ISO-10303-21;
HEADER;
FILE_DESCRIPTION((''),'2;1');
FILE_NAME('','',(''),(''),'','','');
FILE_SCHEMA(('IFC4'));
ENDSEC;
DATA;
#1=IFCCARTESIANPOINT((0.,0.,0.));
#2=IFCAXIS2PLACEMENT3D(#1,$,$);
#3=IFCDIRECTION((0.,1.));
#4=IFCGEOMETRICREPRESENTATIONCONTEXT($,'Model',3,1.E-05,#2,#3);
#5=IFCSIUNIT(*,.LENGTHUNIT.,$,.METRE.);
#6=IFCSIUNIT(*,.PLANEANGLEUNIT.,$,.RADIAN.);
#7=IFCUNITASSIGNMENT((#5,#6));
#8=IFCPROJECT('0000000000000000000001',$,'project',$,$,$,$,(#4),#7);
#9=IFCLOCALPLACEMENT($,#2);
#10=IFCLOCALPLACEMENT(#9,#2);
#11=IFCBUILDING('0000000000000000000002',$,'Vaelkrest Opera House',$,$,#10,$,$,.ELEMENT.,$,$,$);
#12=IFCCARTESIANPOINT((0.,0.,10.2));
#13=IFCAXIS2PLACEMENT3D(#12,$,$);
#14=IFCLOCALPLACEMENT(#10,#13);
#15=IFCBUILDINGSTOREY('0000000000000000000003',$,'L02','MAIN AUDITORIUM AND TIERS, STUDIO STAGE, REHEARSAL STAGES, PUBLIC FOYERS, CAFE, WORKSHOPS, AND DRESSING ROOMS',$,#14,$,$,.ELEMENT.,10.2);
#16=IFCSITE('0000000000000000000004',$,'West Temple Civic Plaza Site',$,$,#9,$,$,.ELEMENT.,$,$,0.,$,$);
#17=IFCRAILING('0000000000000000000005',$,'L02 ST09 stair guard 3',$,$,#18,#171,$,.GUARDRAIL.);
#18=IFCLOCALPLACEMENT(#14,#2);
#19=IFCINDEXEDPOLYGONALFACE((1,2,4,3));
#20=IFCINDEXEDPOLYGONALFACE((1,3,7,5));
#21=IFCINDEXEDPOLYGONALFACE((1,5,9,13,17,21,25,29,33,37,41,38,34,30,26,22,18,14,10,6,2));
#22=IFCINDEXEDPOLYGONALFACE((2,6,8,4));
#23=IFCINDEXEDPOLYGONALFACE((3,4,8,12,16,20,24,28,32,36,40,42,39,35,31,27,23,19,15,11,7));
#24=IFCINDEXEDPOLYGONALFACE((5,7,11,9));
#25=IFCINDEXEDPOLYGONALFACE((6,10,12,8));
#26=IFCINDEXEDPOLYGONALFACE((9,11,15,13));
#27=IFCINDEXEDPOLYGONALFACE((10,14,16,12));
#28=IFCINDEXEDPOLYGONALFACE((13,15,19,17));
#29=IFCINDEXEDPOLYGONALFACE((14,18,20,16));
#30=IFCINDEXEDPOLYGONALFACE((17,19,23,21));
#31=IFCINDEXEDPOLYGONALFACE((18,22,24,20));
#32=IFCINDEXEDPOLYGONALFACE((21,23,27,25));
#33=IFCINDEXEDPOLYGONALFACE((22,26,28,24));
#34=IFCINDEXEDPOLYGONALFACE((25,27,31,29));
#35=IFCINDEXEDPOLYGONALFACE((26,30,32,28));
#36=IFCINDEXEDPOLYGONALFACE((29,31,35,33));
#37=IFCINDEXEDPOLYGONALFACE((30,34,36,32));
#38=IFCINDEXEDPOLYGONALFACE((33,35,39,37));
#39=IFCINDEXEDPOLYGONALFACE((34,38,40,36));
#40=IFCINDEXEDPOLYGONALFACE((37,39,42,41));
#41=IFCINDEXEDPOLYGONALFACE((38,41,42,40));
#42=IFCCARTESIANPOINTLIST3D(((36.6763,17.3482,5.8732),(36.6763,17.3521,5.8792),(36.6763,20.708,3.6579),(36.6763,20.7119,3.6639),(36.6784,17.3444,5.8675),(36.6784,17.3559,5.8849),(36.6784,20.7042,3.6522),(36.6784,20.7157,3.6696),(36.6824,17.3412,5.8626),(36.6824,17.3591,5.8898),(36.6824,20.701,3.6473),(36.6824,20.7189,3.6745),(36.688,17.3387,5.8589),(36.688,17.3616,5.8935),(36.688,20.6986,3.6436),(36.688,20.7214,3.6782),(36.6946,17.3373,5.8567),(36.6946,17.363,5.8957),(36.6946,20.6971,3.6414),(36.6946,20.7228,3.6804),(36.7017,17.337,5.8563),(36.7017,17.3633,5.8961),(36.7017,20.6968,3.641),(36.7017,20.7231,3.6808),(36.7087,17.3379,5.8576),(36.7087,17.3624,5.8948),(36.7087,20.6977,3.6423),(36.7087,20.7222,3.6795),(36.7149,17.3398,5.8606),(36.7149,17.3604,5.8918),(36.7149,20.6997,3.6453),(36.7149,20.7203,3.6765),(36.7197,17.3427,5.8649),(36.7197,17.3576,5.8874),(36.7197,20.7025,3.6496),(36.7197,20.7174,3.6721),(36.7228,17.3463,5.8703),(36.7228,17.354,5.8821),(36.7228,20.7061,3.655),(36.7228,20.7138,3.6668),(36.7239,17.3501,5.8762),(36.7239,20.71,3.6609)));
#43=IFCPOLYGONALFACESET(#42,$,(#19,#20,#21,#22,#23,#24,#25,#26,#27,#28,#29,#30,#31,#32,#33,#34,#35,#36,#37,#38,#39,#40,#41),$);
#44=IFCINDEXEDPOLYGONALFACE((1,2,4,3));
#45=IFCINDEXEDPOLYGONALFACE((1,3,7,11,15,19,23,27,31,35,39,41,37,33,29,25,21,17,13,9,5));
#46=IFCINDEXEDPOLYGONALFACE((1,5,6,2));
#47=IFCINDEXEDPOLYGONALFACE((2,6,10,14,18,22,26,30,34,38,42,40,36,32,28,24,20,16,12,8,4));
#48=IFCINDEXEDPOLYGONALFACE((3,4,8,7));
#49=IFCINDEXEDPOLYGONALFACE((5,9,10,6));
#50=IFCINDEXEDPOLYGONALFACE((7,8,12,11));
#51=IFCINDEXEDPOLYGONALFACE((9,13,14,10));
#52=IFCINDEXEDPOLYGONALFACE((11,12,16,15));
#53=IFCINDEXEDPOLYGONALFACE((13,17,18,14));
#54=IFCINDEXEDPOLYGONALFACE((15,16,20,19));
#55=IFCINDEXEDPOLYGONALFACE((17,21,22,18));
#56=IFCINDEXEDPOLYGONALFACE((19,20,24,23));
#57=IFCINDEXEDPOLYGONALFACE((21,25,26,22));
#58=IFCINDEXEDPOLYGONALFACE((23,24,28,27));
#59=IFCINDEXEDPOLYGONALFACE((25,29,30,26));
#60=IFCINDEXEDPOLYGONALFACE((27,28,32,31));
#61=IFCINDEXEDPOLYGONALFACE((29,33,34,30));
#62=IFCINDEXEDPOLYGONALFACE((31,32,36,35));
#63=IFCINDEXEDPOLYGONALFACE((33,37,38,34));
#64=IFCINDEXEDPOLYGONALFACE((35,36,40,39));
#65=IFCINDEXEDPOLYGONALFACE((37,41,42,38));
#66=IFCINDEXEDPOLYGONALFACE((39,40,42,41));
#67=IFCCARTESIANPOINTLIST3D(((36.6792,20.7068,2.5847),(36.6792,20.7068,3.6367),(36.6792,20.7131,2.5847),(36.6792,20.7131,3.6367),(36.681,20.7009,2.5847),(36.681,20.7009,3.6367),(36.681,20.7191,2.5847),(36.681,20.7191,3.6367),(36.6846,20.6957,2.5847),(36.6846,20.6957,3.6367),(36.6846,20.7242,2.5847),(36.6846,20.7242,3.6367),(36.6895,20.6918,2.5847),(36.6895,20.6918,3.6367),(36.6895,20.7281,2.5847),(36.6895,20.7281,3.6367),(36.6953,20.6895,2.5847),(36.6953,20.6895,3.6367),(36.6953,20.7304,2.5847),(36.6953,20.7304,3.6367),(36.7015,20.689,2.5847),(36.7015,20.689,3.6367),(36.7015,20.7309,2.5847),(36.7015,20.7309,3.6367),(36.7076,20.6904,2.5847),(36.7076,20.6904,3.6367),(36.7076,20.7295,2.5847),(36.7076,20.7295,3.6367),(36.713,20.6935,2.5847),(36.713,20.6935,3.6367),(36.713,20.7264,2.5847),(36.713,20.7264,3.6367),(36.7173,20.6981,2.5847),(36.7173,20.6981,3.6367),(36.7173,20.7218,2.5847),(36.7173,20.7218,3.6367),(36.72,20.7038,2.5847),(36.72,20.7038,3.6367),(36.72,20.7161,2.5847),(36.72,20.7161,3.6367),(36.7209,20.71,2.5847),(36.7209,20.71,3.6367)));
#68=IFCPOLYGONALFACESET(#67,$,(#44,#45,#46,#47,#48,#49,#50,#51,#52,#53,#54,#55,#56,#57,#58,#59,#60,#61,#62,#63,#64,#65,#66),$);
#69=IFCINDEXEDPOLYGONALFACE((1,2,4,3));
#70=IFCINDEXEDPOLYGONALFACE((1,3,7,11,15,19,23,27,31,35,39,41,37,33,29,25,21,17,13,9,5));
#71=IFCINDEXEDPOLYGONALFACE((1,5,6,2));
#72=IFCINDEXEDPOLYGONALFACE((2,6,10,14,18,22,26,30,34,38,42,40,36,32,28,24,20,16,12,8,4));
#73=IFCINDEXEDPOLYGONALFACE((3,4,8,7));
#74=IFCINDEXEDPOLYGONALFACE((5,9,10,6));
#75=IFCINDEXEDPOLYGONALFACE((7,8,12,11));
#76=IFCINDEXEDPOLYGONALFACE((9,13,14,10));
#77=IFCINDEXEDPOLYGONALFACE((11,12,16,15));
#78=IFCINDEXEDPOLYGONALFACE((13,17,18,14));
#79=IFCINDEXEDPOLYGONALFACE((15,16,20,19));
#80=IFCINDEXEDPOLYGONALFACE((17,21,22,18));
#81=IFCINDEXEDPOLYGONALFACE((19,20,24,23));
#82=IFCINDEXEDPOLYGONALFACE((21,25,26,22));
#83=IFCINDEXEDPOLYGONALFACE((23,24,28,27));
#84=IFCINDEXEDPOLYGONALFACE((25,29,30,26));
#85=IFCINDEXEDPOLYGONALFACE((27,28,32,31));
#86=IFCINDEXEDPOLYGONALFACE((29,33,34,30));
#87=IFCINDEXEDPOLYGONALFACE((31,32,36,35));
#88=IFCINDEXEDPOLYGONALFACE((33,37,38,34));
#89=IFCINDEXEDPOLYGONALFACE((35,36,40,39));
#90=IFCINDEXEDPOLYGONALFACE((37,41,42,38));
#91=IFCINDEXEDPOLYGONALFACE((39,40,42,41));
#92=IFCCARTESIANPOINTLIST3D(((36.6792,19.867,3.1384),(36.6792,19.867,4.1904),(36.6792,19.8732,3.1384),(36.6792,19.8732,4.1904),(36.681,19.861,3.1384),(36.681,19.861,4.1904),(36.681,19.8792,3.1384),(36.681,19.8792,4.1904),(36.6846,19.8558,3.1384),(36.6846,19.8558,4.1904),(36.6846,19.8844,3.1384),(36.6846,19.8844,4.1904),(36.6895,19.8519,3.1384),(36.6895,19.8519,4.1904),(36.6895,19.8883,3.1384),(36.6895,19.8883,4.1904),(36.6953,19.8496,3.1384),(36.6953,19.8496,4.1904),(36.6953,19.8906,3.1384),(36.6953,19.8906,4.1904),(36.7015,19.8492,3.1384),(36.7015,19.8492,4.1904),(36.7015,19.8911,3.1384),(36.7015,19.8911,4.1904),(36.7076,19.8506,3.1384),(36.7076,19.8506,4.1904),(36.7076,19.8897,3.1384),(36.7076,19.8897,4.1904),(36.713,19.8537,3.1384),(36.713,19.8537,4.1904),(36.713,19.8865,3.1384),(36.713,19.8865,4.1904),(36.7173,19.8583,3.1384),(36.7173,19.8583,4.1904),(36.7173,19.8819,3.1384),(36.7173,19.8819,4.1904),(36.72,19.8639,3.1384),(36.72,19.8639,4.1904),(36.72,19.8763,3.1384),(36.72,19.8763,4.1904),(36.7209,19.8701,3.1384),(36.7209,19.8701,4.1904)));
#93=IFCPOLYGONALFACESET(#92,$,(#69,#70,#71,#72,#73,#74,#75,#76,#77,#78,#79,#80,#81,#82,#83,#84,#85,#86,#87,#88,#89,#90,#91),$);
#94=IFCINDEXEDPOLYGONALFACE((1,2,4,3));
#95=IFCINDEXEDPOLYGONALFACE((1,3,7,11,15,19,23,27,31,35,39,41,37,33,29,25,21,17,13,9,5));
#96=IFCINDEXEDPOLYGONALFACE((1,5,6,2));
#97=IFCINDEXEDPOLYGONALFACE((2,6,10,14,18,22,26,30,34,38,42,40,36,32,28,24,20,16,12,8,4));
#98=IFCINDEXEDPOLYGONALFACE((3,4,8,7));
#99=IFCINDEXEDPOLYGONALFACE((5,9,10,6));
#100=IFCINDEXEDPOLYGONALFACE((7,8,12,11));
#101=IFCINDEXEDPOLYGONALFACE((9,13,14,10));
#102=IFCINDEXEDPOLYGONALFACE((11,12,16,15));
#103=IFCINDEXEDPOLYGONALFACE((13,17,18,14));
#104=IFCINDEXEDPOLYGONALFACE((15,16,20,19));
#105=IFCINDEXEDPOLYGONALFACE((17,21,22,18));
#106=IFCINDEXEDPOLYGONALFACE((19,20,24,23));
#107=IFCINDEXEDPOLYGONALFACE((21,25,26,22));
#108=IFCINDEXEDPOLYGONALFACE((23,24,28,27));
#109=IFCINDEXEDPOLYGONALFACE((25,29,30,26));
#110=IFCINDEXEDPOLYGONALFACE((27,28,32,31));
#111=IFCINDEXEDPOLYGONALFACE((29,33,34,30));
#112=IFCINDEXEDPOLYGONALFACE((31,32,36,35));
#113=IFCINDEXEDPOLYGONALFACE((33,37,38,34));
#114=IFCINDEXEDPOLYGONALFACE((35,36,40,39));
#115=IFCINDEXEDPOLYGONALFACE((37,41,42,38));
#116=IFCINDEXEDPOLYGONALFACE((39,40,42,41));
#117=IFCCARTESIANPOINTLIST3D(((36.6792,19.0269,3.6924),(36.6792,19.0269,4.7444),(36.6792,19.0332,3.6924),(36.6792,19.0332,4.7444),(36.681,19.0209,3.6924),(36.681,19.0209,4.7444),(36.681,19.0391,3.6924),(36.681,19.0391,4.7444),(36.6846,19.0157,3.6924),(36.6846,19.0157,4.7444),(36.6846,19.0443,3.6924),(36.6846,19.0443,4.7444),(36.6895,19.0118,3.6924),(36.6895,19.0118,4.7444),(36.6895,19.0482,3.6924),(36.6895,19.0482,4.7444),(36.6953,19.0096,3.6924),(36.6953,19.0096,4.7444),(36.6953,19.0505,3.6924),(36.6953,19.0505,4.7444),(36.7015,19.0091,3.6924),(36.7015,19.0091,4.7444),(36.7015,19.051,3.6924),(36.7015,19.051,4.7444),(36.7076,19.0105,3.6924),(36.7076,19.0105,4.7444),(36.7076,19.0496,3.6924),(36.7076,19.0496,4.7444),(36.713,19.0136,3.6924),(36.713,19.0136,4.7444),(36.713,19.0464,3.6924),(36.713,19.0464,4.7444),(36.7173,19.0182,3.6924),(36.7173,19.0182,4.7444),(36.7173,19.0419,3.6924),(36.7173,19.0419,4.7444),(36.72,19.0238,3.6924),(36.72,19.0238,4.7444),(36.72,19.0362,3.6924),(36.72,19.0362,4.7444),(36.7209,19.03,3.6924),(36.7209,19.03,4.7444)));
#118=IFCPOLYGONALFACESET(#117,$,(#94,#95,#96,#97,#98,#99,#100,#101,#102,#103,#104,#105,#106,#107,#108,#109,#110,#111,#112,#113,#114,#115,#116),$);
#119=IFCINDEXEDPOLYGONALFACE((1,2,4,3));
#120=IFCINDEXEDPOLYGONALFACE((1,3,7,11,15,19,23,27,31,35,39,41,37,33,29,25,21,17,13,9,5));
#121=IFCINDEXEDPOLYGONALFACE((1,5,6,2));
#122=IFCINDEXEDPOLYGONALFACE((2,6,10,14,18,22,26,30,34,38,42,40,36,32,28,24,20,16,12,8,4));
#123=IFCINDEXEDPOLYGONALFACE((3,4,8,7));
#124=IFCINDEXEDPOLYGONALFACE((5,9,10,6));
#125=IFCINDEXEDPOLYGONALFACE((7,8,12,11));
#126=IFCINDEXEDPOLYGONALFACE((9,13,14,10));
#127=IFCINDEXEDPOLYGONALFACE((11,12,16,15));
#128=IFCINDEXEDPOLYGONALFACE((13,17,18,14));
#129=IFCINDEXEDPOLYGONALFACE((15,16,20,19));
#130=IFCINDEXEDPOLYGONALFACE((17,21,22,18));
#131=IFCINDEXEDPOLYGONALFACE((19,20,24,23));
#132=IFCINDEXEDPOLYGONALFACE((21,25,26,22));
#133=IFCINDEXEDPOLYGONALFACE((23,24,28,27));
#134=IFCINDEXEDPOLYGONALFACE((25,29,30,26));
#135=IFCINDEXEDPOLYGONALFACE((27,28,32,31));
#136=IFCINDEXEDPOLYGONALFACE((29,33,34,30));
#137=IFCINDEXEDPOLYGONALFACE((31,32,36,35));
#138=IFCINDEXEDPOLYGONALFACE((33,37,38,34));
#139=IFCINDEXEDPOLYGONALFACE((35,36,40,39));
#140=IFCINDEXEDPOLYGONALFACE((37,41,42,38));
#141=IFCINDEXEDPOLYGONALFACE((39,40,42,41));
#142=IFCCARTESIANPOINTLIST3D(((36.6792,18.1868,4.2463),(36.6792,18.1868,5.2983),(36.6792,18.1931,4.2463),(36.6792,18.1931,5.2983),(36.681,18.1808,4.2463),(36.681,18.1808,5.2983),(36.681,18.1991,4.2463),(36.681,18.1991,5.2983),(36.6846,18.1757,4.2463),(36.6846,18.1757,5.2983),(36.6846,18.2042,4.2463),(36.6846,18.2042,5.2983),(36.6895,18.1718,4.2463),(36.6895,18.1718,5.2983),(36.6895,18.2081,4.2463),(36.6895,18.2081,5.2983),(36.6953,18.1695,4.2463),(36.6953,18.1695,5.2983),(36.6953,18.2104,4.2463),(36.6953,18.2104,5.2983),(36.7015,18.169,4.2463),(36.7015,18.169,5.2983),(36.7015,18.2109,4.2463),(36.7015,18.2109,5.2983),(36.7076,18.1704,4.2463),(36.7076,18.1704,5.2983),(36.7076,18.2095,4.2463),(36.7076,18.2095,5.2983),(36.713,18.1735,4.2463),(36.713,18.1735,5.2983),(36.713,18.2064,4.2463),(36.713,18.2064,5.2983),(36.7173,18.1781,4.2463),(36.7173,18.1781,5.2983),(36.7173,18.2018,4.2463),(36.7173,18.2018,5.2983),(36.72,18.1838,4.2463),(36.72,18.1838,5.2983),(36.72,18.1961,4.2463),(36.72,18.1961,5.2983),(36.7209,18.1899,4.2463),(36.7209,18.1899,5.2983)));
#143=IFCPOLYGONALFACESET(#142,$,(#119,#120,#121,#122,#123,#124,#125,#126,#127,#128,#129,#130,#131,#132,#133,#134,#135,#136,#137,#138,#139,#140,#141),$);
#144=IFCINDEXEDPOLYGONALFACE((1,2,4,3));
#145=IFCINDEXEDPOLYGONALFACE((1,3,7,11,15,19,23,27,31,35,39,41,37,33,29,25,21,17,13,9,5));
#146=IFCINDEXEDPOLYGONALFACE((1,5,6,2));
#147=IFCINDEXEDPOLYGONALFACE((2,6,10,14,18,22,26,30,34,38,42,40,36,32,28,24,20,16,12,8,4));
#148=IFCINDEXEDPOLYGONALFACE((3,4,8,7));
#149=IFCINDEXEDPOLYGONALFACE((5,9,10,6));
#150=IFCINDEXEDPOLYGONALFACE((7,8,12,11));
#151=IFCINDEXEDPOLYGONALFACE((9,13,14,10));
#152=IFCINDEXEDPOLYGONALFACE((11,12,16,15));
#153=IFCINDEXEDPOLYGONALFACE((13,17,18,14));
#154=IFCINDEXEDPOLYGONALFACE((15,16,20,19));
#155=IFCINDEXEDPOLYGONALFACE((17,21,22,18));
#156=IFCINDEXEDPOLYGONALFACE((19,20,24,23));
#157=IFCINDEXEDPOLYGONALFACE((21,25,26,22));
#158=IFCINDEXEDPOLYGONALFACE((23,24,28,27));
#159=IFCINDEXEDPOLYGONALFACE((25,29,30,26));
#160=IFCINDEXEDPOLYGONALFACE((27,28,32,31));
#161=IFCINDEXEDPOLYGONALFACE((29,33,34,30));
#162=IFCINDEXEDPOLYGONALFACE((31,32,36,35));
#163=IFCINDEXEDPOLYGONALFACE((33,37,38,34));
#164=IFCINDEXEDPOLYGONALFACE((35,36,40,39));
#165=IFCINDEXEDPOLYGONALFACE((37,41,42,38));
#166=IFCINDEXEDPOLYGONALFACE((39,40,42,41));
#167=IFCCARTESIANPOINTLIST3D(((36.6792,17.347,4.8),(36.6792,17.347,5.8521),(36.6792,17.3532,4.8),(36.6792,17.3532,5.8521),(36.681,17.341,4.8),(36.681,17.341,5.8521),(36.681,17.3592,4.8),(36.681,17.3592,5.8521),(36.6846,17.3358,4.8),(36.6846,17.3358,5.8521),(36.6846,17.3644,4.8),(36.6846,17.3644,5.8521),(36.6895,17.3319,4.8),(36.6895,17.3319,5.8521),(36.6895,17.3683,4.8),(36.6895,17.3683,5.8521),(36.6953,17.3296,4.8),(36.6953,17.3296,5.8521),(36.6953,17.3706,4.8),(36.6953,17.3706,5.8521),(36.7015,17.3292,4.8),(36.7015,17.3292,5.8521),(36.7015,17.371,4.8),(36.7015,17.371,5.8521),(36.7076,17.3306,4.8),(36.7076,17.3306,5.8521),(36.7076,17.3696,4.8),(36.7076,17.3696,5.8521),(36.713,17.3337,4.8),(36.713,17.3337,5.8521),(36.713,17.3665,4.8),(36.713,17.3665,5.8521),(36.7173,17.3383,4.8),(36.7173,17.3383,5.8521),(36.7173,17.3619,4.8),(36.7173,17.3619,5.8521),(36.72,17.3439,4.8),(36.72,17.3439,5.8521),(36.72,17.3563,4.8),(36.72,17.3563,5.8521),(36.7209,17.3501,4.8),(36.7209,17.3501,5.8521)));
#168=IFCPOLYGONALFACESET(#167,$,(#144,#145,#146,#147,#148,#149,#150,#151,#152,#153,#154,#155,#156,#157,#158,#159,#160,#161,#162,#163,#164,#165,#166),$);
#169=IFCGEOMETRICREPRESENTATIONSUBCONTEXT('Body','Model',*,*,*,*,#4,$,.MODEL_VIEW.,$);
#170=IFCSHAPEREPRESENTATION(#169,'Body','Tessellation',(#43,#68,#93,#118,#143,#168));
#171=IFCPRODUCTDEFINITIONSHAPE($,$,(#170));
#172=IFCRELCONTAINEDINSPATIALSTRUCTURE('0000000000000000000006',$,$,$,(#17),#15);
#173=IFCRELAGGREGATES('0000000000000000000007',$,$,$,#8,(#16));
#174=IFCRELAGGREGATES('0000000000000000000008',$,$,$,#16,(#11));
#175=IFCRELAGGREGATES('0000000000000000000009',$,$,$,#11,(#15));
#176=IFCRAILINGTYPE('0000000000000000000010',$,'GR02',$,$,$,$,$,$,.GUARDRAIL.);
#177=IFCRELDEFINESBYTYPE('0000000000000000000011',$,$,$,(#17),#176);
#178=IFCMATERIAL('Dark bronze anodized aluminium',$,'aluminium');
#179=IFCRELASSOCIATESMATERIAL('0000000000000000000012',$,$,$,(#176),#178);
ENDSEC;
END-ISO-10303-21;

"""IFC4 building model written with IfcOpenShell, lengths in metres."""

from ifc_helpers import new_model, si_unit, direction, frame, origin, origin_2d, place, context, subcontext, project, spatial, circle, extrude, material, type_object, element, save


model = new_model("IFC4")

# Units and contexts
model_context = context("Model", 3, precision=1e-05, world=origin(), true_north=direction((0.0, 1.0)))
body_context = subcontext(model_context, "Body", "Model", "MODEL_VIEW")
ifc_project = project(units=[si_unit("LENGTHUNIT", "METRE"), si_unit("PLANEANGLEUNIT", "RADIAN")], contexts=[model_context])

# Site, building, storey
site_placement = place(None, origin())
site = spatial("IfcSite", under=ifc_project, at=site_placement, Name="West Temple Civic Plaza Site", CompositionType="ELEMENT", RefElevation=0.0)
building_placement = place(site_placement, origin())
building = spatial("IfcBuilding", under=site, at=building_placement, Name="Vaelkrest Opera House", CompositionType="ELEMENT")
storey_placement = place(building_placement, frame((0.0, 0.0, 10.2)))
storey = spatial("IfcBuildingStorey", under=building, at=storey_placement, Name="L02", Description="MAIN AUDITORIUM AND TIERS, STUDIO STAGE, REHEARSAL STAGES, PUBLIC FOYERS, CAFE, WORKSHOPS, AND DRESSING ROOMS", CompositionType="ELEMENT", Elevation=10.2)

# Shared definitions
ifc_material_1 = material(Name="Dark bronze anodized aluminium", Category="aluminium")

# Railing
railing_type_1 = type_object("IfcRailingType", Name="GR02", PredefinedType="GUARDRAIL", material=ifc_material_1)
railing_1_placement = place(storey_placement, frame((36.7, 20.71, 2.5847)))
element("IfcRailing", 1, at=railing_1_placement, inside=storey, type_object=railing_type_1, Name="L02 ST09 stair guard 3", PredefinedType="GUARDRAIL", context=body_context, shape_type="SweptSolid", body=[
    extrude(circle(Radius=0.0239, at=origin_2d()), frame((0.0, 0.0, 1.0762), z_axis=(0.0, -0.834858, 0.550465), x_axis=(1.0, 0.0, 0.0)), (0.0, 0.0, 1.0), 4.0244),
    extrude(circle(Radius=0.021, at=origin_2d()), origin(), (0.0, 0.0, 1.0), 1.052),
    extrude(circle(Radius=0.021, at=origin_2d()), frame((0.0, -0.8398, 0.5537)), (0.0, 0.0, 1.0), 1.052),
    extrude(circle(Radius=0.021, at=origin_2d()), frame((0.0, -1.6799, 1.1077)), (0.0, 0.0, 1.0), 1.052),
    extrude(circle(Radius=0.021, at=origin_2d()), frame((0.0, -2.52, 1.6616)), (0.0, 0.0, 1.0), 1.052),
    extrude(circle(Radius=0.021, at=origin_2d()), frame((0.0, -3.3599, 2.2153)), (0.0, 0.0, 1.0), 1.052),
])

save(model, "model.ifc")
